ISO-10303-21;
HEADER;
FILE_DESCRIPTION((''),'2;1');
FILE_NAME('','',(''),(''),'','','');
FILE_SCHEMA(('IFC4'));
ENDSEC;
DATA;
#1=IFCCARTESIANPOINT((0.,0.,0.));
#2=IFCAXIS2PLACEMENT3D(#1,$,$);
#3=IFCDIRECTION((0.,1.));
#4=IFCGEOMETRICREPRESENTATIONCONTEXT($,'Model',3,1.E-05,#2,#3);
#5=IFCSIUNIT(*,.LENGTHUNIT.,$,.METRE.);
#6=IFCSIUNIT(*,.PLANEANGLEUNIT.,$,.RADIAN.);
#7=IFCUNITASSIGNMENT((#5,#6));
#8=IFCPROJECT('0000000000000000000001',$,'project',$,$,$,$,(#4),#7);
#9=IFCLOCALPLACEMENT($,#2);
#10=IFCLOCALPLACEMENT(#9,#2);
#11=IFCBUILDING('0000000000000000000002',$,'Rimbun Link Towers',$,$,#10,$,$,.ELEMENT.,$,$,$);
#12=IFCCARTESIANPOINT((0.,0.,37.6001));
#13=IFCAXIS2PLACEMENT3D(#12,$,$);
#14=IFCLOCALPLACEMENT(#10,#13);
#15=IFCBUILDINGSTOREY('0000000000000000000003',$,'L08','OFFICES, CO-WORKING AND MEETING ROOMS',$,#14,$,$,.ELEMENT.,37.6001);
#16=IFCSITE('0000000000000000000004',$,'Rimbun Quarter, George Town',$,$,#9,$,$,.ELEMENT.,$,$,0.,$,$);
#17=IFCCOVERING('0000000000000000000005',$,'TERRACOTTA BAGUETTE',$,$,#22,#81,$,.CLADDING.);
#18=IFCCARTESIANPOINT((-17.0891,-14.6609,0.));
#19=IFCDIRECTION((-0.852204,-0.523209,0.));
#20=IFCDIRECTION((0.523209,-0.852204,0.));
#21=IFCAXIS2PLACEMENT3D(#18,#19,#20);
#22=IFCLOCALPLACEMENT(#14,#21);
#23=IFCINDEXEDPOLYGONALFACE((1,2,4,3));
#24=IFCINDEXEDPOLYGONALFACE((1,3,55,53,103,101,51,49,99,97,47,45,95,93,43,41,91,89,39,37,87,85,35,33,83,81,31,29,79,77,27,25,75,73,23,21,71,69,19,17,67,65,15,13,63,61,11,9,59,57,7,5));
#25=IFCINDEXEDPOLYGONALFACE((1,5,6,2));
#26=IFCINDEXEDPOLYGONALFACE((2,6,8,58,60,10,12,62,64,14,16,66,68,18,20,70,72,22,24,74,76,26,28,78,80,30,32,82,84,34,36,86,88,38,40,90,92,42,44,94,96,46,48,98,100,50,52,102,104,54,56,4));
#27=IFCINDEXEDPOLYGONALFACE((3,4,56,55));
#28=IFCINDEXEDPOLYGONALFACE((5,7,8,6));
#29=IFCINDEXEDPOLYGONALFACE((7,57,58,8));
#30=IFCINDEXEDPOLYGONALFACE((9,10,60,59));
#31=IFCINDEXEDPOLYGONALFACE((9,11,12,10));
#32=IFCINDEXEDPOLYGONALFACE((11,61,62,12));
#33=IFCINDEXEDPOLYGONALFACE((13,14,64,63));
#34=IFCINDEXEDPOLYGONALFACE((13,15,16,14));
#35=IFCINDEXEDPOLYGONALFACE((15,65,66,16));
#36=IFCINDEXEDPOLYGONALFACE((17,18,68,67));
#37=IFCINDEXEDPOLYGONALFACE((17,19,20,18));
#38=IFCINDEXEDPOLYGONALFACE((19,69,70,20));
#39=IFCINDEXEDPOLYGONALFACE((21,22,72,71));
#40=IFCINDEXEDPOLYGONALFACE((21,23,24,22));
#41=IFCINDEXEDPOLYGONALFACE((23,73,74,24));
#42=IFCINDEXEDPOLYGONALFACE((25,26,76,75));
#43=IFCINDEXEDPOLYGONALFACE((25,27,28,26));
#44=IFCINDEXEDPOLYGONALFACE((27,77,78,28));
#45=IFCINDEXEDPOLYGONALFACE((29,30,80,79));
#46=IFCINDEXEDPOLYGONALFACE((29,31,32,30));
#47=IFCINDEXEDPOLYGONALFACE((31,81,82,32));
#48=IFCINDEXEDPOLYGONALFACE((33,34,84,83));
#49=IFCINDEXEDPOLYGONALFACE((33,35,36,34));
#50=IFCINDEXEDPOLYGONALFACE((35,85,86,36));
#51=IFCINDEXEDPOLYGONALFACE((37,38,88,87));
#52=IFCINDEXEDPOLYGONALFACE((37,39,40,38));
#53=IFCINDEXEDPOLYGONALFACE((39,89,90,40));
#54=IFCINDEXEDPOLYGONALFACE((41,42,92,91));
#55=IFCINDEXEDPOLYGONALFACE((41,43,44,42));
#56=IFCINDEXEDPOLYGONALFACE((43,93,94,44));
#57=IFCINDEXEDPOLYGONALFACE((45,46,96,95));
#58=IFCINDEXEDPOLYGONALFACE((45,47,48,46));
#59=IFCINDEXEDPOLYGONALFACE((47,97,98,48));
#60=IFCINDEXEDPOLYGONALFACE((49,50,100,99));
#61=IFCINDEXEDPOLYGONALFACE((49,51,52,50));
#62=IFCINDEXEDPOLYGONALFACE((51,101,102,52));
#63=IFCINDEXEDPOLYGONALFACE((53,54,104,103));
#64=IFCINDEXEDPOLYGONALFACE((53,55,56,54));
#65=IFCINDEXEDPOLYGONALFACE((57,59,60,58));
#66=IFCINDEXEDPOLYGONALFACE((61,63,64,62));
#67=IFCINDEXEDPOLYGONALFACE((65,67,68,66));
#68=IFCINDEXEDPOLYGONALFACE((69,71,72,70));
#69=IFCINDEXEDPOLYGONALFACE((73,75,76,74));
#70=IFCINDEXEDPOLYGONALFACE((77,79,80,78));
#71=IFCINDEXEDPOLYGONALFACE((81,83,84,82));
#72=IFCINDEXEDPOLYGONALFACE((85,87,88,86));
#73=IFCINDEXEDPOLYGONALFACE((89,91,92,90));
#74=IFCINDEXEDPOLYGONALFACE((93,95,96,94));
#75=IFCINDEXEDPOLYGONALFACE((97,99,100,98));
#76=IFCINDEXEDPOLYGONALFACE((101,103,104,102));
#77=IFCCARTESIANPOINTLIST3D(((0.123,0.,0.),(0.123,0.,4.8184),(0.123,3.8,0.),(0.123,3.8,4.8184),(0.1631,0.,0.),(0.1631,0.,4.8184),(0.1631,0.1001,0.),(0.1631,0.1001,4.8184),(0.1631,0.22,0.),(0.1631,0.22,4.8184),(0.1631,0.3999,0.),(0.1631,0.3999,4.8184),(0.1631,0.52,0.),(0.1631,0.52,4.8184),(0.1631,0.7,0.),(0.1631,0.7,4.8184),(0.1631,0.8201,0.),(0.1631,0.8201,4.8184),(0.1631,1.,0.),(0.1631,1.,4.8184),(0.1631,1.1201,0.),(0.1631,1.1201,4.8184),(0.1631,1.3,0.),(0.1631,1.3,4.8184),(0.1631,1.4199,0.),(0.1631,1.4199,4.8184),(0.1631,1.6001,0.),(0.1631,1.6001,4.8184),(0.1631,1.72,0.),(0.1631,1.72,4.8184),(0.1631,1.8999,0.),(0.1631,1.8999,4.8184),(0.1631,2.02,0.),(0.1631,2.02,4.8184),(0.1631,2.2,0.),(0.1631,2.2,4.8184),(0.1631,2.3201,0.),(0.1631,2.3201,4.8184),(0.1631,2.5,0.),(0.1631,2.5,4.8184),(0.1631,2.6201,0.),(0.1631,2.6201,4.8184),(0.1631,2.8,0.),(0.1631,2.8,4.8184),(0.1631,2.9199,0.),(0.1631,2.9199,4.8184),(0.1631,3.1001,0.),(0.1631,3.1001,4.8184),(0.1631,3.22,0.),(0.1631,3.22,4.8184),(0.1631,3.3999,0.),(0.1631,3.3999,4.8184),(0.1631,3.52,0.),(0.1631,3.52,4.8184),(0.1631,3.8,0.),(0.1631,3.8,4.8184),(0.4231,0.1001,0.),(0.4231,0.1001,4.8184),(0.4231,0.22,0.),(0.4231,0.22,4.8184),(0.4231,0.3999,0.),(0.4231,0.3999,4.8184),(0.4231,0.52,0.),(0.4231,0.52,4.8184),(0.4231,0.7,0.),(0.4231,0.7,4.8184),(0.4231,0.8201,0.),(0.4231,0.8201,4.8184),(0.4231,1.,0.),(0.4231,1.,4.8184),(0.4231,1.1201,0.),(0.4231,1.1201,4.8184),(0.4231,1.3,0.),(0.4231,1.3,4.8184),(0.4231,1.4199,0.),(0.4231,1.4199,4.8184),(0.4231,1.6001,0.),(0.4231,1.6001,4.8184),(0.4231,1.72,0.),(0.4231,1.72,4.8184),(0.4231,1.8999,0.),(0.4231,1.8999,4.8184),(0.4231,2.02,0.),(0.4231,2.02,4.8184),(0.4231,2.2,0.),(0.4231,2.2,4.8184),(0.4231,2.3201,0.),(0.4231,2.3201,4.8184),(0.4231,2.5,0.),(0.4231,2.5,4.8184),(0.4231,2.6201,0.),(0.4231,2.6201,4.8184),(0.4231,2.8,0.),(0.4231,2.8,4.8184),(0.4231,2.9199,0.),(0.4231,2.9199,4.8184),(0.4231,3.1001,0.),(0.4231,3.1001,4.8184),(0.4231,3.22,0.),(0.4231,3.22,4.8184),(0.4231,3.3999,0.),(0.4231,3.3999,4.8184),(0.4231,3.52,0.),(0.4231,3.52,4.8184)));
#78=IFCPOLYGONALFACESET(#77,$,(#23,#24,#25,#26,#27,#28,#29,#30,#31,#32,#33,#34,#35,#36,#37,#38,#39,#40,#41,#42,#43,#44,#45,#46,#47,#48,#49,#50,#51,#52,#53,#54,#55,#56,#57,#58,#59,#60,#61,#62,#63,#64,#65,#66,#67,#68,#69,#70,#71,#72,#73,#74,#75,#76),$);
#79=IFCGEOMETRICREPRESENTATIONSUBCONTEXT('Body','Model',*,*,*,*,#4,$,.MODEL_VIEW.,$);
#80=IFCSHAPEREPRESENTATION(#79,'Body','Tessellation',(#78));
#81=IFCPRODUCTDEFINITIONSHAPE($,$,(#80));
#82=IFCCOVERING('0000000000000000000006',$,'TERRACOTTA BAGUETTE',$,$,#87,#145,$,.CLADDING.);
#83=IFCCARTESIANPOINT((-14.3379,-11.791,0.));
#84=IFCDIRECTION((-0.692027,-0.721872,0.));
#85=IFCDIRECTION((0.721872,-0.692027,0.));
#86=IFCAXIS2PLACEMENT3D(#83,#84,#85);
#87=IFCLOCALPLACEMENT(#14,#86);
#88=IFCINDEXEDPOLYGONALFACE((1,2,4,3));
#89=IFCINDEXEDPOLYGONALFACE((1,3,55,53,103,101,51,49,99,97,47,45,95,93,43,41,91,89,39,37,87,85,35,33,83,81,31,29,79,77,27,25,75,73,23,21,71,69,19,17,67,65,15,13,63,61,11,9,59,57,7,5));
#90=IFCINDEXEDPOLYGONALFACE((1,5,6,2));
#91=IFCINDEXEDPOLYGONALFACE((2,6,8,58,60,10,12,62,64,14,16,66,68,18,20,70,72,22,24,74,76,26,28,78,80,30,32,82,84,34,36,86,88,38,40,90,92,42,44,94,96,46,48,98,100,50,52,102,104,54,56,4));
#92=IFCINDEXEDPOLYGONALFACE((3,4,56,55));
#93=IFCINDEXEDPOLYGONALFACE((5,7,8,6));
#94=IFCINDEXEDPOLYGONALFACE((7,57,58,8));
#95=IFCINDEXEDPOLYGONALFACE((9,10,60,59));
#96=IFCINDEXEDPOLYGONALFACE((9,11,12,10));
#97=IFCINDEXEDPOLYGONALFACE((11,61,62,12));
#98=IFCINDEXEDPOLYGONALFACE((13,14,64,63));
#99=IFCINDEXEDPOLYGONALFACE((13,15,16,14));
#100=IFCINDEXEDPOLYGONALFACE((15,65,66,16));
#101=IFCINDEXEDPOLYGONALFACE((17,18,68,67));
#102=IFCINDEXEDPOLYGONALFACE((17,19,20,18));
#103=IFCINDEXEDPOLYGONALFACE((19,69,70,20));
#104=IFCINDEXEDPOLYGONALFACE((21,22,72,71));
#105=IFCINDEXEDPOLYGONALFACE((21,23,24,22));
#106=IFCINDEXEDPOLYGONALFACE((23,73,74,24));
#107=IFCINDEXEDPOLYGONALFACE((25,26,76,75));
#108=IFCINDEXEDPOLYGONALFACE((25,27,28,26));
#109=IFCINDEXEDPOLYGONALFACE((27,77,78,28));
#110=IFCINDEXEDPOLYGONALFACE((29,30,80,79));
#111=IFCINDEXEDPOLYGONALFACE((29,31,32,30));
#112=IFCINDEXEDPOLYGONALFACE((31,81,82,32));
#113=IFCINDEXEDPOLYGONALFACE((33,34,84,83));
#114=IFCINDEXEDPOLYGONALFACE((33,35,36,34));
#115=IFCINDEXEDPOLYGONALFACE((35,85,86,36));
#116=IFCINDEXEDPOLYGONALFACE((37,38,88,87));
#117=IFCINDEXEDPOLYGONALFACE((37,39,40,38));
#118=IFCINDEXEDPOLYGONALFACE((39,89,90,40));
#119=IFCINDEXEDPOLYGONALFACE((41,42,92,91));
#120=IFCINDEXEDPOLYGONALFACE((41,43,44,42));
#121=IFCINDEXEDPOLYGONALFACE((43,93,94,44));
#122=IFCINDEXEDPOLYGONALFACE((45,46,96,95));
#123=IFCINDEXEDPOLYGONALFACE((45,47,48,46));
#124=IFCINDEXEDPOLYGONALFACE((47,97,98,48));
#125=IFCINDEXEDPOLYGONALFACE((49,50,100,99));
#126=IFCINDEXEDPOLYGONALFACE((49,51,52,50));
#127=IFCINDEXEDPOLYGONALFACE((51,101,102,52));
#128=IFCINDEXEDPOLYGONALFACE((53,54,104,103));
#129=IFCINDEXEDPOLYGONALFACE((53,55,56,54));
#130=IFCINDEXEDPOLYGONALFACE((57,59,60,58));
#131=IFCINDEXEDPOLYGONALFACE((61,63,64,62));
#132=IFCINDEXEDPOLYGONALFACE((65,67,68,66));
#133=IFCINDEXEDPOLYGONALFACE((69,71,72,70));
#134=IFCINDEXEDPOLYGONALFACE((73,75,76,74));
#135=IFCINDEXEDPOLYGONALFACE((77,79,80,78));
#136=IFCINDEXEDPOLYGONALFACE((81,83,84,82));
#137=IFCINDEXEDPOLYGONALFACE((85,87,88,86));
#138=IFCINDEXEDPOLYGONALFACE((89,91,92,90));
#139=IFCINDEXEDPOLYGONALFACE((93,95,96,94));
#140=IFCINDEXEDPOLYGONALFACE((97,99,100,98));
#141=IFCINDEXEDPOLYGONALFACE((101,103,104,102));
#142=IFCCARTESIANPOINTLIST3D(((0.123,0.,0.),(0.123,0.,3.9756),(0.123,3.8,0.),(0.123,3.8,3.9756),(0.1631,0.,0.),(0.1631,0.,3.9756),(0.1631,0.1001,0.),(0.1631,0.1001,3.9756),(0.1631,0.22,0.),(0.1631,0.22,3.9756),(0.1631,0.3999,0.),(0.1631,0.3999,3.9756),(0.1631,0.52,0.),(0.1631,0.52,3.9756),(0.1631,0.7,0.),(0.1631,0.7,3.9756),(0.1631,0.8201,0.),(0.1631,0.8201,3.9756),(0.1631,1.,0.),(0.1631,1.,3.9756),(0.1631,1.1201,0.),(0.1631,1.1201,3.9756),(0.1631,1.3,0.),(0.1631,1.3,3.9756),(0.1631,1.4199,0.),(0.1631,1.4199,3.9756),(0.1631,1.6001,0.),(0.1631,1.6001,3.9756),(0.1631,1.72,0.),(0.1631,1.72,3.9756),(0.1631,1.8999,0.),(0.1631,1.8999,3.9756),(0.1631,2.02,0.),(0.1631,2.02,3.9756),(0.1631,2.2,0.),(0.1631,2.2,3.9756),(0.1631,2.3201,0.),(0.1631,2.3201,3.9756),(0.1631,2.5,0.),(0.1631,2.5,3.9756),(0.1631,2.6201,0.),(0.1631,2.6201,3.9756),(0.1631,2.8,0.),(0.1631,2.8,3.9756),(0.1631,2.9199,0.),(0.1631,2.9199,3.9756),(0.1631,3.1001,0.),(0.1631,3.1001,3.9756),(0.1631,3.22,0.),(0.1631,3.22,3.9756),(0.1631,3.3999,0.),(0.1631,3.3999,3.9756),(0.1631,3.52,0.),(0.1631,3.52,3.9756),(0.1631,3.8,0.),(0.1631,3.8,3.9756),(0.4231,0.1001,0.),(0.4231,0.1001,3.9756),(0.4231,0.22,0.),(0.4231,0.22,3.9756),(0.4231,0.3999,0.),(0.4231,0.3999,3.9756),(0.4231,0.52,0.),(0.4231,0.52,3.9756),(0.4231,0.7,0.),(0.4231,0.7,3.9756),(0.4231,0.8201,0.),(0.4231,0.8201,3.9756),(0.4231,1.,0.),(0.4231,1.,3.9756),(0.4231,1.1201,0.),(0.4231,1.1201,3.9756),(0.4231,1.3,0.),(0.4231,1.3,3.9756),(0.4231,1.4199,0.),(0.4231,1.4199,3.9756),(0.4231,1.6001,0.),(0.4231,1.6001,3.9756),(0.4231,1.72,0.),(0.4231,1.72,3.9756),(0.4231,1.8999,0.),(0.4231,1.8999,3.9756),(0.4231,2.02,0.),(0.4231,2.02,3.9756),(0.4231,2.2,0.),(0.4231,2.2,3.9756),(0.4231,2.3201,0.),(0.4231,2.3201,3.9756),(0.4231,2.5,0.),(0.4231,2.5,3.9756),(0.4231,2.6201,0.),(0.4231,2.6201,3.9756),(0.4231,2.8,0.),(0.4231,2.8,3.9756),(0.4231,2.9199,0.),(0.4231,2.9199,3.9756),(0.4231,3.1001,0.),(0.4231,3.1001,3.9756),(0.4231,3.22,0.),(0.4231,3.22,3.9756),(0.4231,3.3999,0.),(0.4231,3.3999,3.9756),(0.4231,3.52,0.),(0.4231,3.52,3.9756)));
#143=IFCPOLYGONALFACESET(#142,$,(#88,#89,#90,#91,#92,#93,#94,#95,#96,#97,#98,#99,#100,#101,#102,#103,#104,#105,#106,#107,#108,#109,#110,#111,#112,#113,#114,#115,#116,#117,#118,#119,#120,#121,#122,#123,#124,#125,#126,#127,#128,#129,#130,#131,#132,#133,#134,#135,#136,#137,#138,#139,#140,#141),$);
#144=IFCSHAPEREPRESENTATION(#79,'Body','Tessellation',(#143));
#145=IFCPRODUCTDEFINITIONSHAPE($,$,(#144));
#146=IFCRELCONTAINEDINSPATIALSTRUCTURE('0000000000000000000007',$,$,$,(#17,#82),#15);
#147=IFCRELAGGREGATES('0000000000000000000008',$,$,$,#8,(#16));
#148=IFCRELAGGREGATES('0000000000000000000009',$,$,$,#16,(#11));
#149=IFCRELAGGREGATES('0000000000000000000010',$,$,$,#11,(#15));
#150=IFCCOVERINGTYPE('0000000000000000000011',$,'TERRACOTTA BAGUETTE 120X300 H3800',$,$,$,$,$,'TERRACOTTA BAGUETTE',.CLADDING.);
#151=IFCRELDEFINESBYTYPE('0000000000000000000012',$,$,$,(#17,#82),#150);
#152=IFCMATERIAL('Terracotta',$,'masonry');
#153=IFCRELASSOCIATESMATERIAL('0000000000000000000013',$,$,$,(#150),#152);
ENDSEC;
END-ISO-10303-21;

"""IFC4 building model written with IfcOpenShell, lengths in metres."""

from ifc_helpers import new_model, si_unit, direction, frame, origin, place, context, subcontext, project, spatial, polyline, outline, extrude, material, material_profile, profile_set, type_object, element, save


model = new_model("IFC4")

# Units and contexts
model_context = context("Model", 3, precision=1e-05, world=origin(), true_north=direction((0.0, 1.0)))
body_context = subcontext(model_context, "Body", "Model", "MODEL_VIEW")
ifc_project = project(units=[si_unit("LENGTHUNIT", "METRE"), si_unit("PLANEANGLEUNIT", "RADIAN")], contexts=[model_context])

# Site, building, storey
site_placement = place(None, origin())
site = spatial("IfcSite", under=ifc_project, at=site_placement, Name="Rimbun Quarter, George Town", CompositionType="ELEMENT", RefElevation=0.0)
building_placement = place(site_placement, origin())
building = spatial("IfcBuilding", under=site, at=building_placement, Name="Rimbun Link Towers", CompositionType="ELEMENT")
storey_placement = place(building_placement, frame((0.0, 0.0, 37.6001)))
storey = spatial("IfcBuildingStorey", under=building, at=storey_placement, Name="L08", Description="OFFICES, CO-WORKING AND MEETING ROOMS", CompositionType="ELEMENT", Elevation=37.6001)

# Coverings
ifc_material_1 = material(Name="Terracotta", Category="masonry")
ifc_material_profile_1 = material_profile(ifc_material_1, outline(polyline([(0.123, 0.0), (0.1631, 0.0), (0.1631, 0.1001), (0.4231, 0.1001), (0.4231, 0.22), (0.1631, 0.22), (0.1631, 0.3999), (0.4231, 0.3999), (0.4231, 0.52), (0.1631, 0.52), (0.1631, 0.7), (0.4231, 0.7), (0.4231, 0.8201), (0.1631, 0.8201), (0.1631, 1.0), (0.4231, 1.0), (0.4231, 1.1201), (0.1631, 1.1201), (0.1631, 1.3), (0.4231, 1.3), (0.4231, 1.4199), (0.1631, 1.4199), (0.1631, 1.6001), (0.4231, 1.6001), (0.4231, 1.72), (0.1631, 1.72), (0.1631, 1.8999), (0.4231, 1.8999), (0.4231, 2.02), (0.1631, 2.02), (0.1631, 2.2), (0.4231, 2.2), (0.4231, 2.3201), (0.1631, 2.3201), (0.1631, 2.5), (0.4231, 2.5), (0.4231, 2.6201), (0.1631, 2.6201), (0.1631, 2.8), (0.4231, 2.8), (0.4231, 2.9199), (0.1631, 2.9199), (0.1631, 3.1001), (0.4231, 3.1001), (0.4231, 3.22), (0.1631, 3.22), (0.1631, 3.3999), (0.4231, 3.3999), (0.4231, 3.52), (0.1631, 3.52), (0.1631, 3.8), (0.123, 3.8), (0.123, 0.0)])), Name="BAGUETTE 120X300")
ifc_profile_set_1 = profile_set([ifc_material_profile_1], Name="Terracotta")
covering_type = type_object("IfcCoveringType", Name="TERRACOTTA BAGUETTE 120X300 H3800", ElementType="TERRACOTTA BAGUETTE", PredefinedType="CLADDING", material=ifc_profile_set_1)
covering_1_placement = place(storey_placement, frame((-17.0891, -14.6609, 0.0), z_axis=(-0.852204, -0.523209, 0.0), x_axis=(0.523209, -0.852204, 0.0)))
element("IfcCovering", 1, at=covering_1_placement, inside=storey, type_object=covering_type, Name="TERRACOTTA BAGUETTE", PredefinedType="CLADDING", context=body_context, shape_type="SweptSolid", body=[
    extrude(outline(polyline([(0.123, 0.0), (0.1631, 0.0), (0.1631, 0.1001), (0.4231, 0.1001), (0.4231, 0.22), (0.1631, 0.22), (0.1631, 0.3999), (0.4231, 0.3999), (0.4231, 0.52), (0.1631, 0.52), (0.1631, 0.7), (0.4231, 0.7), (0.4231, 0.8201), (0.1631, 0.8201), (0.1631, 1.0), (0.4231, 1.0), (0.4231, 1.1201), (0.1631, 1.1201), (0.1631, 1.3), (0.4231, 1.3), (0.4231, 1.4199), (0.1631, 1.4199), (0.1631, 1.6001), (0.4231, 1.6001), (0.4231, 1.72), (0.1631, 1.72), (0.1631, 1.8999), (0.4231, 1.8999), (0.4231, 2.02), (0.1631, 2.02), (0.1631, 2.2), (0.4231, 2.2), (0.4231, 2.3201), (0.1631, 2.3201), (0.1631, 2.5), (0.4231, 2.5), (0.4231, 2.6201), (0.1631, 2.6201), (0.1631, 2.8), (0.4231, 2.8), (0.4231, 2.9199), (0.1631, 2.9199), (0.1631, 3.1001), (0.4231, 3.1001), (0.4231, 3.22), (0.1631, 3.22), (0.1631, 3.3999), (0.4231, 3.3999), (0.4231, 3.52), (0.1631, 3.52), (0.1631, 3.8), (0.123, 3.8), (0.123, 0.0)])), origin(), (0.0, 0.0, 1.0), 4.8184),
])
covering_2_placement = place(storey_placement, frame((-14.3379, -11.791, 0.0), z_axis=(-0.692027, -0.721872, 0.0), x_axis=(0.721872, -0.692027, 0.0)))
element("IfcCovering", 2, at=covering_2_placement, inside=storey, type_object=covering_type, Name="TERRACOTTA BAGUETTE", PredefinedType="CLADDING", context=body_context, shape_type="SweptSolid", body=[
    extrude(outline(polyline([(0.123, 0.0), (0.1631, 0.0), (0.1631, 0.1001), (0.4231, 0.1001), (0.4231, 0.22), (0.1631, 0.22), (0.1631, 0.3999), (0.4231, 0.3999), (0.4231, 0.52), (0.1631, 0.52), (0.1631, 0.7), (0.4231, 0.7), (0.4231, 0.8201), (0.1631, 0.8201), (0.1631, 1.0), (0.4231, 1.0), (0.4231, 1.1201), (0.1631, 1.1201), (0.1631, 1.3), (0.4231, 1.3), (0.4231, 1.4199), (0.1631, 1.4199), (0.1631, 1.6001), (0.4231, 1.6001), (0.4231, 1.72), (0.1631, 1.72), (0.1631, 1.8999), (0.4231, 1.8999), (0.4231, 2.02), (0.1631, 2.02), (0.1631, 2.2), (0.4231, 2.2), (0.4231, 2.3201), (0.1631, 2.3201), (0.1631, 2.5), (0.4231, 2.5), (0.4231, 2.6201), (0.1631, 2.6201), (0.1631, 2.8), (0.4231, 2.8), (0.4231, 2.9199), (0.1631, 2.9199), (0.1631, 3.1001), (0.4231, 3.1001), (0.4231, 3.22), (0.1631, 3.22), (0.1631, 3.3999), (0.4231, 3.3999), (0.4231, 3.52), (0.1631, 3.52), (0.1631, 3.8), (0.123, 3.8), (0.123, 0.0)])), origin(), (0.0, 0.0, 1.0), 3.9756),
])

save(model, "model.ifc")
